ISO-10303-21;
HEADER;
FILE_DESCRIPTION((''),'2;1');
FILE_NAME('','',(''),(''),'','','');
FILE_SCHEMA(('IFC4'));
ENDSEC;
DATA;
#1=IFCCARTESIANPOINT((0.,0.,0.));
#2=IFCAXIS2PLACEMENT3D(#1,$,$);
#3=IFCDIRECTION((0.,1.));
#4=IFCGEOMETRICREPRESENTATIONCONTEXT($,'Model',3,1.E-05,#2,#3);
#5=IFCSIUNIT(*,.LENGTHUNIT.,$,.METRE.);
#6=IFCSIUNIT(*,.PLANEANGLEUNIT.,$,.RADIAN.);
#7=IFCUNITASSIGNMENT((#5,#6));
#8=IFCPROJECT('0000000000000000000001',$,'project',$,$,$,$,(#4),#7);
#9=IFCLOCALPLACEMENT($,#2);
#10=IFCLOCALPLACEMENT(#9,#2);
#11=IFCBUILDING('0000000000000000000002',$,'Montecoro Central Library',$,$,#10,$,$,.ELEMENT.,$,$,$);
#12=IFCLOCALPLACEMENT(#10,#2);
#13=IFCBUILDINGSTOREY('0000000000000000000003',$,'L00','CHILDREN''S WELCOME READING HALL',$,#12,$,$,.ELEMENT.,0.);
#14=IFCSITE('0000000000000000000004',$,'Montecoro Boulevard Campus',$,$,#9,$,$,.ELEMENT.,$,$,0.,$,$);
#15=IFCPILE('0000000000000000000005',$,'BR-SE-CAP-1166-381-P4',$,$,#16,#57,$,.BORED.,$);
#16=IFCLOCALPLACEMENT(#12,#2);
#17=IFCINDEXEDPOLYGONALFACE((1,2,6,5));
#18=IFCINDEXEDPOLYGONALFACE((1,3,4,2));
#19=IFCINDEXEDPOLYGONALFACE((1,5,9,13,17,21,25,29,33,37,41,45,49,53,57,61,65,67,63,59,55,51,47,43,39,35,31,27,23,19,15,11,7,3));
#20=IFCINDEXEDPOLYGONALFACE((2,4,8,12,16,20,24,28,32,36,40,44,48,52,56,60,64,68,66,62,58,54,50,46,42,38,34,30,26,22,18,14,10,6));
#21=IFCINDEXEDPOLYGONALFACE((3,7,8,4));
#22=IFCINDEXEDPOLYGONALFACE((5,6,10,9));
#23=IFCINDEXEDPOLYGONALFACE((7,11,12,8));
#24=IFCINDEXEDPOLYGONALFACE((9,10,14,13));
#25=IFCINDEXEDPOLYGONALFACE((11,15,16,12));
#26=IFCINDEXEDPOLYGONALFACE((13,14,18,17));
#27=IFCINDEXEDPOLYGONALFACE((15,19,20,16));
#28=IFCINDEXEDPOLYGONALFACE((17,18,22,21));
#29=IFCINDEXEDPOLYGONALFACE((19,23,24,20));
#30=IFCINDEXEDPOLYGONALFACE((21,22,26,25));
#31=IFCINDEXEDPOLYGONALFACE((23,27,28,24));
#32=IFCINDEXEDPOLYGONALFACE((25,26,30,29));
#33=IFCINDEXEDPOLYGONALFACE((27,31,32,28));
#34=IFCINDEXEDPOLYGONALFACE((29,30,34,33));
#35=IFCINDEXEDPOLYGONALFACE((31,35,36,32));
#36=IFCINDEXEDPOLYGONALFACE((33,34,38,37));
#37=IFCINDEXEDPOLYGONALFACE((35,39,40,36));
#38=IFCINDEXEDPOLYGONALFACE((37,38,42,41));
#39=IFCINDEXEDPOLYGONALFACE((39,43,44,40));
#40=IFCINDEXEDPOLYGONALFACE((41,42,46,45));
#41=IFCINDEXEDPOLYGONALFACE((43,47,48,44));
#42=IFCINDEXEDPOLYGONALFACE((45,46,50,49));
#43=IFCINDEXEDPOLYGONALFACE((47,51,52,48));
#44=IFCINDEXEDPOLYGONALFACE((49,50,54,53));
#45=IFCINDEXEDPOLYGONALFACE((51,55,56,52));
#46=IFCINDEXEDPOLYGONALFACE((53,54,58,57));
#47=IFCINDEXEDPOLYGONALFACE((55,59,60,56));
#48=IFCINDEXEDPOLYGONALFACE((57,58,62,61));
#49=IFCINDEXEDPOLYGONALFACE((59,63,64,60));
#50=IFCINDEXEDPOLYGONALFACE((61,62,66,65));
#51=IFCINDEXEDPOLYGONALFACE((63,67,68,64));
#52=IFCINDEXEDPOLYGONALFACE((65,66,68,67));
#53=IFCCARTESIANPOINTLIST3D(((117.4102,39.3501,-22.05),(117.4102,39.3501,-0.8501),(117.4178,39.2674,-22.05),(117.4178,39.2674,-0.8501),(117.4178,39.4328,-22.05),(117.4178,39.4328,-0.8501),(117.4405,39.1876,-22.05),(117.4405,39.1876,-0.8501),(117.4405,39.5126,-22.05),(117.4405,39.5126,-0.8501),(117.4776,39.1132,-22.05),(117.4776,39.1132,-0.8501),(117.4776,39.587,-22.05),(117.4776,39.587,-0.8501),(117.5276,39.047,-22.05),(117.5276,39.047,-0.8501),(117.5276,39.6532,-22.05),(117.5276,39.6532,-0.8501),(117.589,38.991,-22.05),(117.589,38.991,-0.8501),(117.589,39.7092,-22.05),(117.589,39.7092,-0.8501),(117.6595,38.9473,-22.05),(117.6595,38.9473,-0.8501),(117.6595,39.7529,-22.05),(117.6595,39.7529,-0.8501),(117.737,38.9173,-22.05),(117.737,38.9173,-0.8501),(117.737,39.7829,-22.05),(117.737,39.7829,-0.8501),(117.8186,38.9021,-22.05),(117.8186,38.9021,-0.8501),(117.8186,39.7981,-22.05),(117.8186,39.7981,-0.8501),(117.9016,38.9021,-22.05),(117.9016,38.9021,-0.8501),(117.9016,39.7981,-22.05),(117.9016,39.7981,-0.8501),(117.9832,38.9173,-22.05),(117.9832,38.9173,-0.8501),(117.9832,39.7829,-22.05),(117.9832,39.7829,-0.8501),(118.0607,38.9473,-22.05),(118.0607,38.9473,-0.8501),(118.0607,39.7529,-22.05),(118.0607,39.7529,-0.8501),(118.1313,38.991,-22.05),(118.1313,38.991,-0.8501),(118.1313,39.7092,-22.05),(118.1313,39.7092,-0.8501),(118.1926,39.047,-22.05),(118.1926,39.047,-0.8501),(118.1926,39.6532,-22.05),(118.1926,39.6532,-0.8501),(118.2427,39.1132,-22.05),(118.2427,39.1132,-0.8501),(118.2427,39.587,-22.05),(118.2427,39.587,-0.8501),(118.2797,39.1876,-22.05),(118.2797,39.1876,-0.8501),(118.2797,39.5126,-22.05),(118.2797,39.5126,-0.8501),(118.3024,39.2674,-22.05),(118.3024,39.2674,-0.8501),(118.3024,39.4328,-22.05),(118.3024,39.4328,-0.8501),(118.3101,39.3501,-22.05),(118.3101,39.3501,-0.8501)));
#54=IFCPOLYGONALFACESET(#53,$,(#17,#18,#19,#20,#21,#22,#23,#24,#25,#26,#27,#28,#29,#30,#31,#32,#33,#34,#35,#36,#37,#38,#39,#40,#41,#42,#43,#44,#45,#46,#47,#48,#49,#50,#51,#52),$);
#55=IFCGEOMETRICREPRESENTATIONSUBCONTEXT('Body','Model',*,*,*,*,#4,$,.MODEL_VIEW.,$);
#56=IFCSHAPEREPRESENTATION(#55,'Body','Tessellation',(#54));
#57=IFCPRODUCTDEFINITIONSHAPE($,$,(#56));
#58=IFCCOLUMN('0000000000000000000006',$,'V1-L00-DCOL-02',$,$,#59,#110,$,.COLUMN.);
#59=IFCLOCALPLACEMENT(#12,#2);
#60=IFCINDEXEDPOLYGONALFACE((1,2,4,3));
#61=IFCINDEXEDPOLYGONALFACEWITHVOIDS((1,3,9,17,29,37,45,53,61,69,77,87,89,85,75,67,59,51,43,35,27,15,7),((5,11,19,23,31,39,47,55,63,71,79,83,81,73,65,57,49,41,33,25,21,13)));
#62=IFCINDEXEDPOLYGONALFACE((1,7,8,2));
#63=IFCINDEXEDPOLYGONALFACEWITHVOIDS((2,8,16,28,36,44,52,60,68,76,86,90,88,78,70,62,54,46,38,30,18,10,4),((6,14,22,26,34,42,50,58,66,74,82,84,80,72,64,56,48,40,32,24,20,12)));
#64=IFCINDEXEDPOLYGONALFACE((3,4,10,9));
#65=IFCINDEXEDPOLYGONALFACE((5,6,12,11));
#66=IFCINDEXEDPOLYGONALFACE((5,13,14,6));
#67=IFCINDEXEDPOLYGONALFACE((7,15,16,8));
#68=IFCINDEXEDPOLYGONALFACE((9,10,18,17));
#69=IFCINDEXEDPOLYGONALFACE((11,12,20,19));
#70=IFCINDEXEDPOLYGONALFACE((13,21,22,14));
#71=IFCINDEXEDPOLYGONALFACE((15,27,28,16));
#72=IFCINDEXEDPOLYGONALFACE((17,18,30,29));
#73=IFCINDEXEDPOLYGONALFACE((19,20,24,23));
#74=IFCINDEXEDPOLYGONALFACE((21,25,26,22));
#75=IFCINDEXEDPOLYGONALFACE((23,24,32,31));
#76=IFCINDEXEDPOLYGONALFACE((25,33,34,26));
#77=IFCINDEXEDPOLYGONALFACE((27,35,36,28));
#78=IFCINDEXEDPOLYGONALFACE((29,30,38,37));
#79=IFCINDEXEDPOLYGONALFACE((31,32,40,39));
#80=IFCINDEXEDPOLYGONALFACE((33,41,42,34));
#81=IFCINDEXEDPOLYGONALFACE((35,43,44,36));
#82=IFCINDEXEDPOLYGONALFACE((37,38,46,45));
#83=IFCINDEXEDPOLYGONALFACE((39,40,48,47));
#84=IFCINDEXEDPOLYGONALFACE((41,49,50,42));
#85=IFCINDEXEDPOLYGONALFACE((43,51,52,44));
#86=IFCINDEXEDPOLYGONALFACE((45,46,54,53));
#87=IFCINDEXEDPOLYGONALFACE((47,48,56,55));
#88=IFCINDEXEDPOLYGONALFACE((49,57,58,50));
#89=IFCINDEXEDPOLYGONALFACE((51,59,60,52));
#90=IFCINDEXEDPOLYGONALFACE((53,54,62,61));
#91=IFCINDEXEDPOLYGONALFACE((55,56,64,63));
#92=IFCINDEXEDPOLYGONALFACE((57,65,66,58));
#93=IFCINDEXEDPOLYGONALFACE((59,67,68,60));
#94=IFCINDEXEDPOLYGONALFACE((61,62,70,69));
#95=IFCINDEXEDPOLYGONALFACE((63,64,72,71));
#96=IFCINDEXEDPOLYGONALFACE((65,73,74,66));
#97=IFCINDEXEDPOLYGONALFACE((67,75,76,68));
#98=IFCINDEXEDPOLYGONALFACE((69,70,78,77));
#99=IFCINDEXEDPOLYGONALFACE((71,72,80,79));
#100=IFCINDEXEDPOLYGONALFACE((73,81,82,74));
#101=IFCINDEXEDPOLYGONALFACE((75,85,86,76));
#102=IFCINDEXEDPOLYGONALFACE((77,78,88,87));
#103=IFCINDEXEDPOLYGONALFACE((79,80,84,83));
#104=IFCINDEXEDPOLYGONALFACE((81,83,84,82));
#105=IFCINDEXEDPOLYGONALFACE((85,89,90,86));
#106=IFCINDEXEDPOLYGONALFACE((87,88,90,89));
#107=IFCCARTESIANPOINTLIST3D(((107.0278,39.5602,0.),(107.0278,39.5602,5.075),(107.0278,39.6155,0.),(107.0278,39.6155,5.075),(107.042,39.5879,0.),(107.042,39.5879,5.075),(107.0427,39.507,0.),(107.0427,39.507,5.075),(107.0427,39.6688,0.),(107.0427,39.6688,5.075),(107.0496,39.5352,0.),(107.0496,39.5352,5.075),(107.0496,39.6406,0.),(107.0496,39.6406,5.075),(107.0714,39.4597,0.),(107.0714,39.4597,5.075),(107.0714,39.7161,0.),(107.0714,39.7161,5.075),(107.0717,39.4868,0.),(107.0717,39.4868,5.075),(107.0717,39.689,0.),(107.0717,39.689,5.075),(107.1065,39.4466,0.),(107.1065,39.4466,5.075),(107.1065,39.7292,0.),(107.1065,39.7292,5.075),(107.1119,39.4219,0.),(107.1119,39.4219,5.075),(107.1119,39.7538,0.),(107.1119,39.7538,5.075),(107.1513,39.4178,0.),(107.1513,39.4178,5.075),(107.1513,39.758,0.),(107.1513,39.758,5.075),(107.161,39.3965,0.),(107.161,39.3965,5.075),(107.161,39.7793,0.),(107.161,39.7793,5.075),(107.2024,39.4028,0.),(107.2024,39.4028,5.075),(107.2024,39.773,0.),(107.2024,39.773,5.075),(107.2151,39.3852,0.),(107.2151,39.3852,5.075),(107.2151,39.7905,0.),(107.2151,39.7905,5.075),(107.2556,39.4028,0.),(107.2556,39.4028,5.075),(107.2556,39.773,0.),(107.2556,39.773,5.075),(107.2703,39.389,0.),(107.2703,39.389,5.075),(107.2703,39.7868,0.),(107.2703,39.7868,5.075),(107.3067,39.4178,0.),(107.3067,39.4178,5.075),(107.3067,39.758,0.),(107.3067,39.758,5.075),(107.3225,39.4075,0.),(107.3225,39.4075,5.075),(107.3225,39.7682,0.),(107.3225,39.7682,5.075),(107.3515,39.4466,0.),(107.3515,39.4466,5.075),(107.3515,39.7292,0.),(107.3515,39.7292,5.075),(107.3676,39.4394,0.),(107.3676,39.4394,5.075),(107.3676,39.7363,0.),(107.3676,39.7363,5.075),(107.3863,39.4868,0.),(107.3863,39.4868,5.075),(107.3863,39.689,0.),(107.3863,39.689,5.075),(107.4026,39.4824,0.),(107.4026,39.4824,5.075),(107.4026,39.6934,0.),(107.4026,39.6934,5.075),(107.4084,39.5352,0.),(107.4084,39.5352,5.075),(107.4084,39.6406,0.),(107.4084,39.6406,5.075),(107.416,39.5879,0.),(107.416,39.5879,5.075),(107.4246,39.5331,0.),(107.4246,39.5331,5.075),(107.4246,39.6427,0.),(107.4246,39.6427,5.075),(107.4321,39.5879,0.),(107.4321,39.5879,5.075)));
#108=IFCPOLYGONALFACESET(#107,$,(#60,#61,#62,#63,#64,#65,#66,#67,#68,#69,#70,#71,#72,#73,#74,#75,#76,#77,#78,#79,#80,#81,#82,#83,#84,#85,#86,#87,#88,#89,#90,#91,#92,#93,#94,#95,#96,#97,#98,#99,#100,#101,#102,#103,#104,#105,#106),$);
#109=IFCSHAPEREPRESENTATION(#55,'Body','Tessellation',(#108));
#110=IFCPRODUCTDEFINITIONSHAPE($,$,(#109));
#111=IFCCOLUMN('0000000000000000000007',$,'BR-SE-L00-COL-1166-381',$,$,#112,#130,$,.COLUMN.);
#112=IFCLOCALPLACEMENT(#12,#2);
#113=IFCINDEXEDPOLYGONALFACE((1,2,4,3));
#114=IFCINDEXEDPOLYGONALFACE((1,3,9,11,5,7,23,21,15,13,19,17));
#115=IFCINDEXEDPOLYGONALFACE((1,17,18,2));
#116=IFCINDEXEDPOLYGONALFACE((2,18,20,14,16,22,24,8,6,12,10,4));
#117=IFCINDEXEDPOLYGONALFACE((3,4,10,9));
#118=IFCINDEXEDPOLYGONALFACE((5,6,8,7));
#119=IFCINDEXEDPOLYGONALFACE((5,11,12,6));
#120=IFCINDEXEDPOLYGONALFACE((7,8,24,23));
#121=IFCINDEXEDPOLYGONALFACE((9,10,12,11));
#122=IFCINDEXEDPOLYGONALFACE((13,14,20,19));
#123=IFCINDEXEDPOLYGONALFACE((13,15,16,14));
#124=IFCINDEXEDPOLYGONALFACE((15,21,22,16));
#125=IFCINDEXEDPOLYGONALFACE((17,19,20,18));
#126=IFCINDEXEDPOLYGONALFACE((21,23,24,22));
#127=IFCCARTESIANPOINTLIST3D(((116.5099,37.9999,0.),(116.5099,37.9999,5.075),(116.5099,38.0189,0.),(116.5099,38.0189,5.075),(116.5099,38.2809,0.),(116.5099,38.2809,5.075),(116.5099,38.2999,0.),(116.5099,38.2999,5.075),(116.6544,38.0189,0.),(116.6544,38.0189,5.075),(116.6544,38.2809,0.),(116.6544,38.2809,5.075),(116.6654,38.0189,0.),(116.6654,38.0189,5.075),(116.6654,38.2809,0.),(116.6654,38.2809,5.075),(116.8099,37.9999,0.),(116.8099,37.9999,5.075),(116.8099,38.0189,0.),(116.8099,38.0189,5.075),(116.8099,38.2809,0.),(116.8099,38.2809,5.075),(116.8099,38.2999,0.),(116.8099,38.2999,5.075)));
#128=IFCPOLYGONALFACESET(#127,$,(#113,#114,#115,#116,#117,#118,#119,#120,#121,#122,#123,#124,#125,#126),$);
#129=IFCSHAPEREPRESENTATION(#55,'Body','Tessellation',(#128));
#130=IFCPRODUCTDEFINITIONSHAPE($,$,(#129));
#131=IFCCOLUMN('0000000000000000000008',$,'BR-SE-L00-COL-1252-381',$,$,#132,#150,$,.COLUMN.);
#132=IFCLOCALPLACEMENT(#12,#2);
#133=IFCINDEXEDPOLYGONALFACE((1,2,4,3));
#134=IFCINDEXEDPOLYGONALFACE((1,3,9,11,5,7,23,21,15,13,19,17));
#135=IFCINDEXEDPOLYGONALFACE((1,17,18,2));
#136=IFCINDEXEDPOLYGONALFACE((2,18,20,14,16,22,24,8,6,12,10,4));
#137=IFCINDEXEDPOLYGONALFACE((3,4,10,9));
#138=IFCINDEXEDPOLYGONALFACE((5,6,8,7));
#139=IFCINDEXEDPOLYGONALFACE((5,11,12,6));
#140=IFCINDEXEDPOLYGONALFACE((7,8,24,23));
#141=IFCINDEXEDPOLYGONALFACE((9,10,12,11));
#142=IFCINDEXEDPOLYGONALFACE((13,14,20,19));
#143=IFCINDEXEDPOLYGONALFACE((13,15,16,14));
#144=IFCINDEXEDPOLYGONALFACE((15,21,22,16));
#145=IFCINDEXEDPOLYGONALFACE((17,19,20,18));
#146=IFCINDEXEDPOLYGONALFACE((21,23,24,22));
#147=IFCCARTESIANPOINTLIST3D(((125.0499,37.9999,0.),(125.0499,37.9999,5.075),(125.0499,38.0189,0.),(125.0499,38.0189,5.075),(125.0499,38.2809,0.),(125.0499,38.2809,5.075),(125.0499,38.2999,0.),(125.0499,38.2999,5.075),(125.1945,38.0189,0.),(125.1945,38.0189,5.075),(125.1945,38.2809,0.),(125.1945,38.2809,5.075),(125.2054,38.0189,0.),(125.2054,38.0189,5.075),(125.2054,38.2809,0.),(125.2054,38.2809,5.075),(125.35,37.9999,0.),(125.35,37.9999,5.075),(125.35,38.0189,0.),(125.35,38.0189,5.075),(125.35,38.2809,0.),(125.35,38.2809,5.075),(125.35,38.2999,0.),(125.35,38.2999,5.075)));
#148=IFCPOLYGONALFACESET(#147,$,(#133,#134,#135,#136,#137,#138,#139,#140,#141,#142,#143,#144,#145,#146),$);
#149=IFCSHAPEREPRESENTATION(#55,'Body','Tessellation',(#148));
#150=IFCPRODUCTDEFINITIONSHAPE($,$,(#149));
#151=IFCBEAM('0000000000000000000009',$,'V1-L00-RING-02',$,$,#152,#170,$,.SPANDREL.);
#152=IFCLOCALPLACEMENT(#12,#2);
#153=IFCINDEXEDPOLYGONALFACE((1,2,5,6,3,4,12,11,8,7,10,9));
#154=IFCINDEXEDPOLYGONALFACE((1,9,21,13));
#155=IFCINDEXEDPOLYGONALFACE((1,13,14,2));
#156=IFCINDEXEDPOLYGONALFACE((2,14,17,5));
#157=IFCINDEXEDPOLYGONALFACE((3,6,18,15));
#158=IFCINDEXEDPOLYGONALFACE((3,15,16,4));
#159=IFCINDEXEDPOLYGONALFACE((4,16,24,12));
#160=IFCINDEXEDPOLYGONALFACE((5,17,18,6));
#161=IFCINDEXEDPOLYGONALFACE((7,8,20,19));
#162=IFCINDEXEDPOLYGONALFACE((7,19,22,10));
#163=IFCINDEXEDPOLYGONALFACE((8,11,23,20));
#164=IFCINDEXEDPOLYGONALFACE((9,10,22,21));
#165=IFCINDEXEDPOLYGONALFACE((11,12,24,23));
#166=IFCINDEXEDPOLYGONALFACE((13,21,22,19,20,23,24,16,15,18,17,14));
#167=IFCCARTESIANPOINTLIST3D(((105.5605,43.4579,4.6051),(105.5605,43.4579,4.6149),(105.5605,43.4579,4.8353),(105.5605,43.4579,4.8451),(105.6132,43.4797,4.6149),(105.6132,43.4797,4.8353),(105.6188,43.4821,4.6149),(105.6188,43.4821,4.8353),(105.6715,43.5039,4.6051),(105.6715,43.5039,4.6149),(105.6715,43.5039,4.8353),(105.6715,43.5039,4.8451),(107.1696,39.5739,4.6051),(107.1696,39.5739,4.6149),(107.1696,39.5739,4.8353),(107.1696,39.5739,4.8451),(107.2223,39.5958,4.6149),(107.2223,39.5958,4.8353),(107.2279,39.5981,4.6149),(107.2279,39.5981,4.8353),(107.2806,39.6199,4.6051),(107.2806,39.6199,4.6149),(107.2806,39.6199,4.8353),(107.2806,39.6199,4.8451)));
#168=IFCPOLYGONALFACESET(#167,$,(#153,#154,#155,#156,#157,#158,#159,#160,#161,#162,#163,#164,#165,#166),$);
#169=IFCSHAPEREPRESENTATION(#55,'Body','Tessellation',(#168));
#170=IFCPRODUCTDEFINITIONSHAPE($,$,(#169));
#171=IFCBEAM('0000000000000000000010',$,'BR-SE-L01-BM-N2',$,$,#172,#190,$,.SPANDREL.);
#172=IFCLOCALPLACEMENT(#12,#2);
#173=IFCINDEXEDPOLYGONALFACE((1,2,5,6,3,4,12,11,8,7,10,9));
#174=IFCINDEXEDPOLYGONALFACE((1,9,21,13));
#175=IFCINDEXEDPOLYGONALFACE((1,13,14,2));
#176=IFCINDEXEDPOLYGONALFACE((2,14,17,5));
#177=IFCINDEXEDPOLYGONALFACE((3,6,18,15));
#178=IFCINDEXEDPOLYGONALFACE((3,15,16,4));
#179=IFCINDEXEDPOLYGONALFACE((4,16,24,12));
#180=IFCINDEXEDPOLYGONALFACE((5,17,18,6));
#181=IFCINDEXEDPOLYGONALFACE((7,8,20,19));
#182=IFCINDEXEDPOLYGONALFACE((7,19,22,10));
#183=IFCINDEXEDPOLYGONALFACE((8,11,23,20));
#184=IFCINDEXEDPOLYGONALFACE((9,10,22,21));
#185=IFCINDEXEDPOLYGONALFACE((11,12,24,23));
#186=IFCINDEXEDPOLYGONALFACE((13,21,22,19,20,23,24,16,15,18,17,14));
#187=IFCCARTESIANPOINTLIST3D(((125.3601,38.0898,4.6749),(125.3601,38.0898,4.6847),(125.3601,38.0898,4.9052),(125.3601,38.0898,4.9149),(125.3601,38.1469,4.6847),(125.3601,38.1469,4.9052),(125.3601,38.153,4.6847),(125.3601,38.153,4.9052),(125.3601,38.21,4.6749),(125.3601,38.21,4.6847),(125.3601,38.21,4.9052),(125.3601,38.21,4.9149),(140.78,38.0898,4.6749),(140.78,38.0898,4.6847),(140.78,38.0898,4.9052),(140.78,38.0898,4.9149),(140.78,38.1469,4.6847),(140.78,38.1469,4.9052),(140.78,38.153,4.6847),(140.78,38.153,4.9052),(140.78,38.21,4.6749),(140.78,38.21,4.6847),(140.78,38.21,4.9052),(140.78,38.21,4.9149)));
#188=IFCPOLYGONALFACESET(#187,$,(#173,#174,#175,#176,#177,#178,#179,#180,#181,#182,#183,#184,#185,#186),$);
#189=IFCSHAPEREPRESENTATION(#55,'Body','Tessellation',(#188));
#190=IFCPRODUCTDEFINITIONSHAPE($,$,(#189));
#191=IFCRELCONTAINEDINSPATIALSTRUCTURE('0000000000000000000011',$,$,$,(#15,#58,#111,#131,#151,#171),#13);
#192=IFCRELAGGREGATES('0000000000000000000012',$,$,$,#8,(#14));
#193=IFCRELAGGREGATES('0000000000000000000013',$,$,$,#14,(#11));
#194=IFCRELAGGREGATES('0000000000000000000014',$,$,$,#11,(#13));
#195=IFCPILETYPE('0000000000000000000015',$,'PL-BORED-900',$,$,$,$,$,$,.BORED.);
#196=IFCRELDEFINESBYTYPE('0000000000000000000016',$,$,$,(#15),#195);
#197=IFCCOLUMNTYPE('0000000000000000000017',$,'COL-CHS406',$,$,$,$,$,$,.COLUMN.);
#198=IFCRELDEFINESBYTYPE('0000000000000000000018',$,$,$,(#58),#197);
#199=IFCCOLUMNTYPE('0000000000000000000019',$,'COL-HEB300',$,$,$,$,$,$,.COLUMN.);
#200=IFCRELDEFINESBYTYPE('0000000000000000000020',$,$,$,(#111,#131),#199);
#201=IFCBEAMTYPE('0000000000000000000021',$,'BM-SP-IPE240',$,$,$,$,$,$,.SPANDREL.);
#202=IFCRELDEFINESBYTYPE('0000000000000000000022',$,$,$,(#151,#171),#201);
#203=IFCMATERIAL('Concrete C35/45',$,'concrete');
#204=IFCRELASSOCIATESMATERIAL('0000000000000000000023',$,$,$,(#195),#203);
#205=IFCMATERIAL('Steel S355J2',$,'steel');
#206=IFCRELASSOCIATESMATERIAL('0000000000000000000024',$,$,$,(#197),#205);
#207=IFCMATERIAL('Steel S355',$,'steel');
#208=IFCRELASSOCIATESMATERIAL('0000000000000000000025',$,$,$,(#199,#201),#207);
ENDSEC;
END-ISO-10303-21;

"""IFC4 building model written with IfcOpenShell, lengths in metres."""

from ifc_helpers import new_model, si_unit, direction, frame, origin, origin_2d, place, context, subcontext, project, spatial, circle, hollow_circle, i_section, extrude, material, material_profile, profile_set, type_object, element, save


model = new_model("IFC4")

# Units and contexts
model_context = context("Model", 3, precision=1e-05, world=origin(), true_north=direction((0.0, 1.0)))
body_context = subcontext(model_context, "Body", "Model", "MODEL_VIEW")
ifc_project = project(units=[si_unit("LENGTHUNIT", "METRE"), si_unit("PLANEANGLEUNIT", "RADIAN")], contexts=[model_context])

# Site, building, storey
site_placement = place(None, origin())
site = spatial("IfcSite", under=ifc_project, at=site_placement, Name="Montecoro Boulevard Campus", CompositionType="ELEMENT", RefElevation=0.0)
building_placement = place(site_placement, origin())
building = spatial("IfcBuilding", under=site, at=building_placement, Name="Montecoro Central Library", CompositionType="ELEMENT")
storey_placement = place(building_placement, origin())
storey = spatial("IfcBuildingStorey", under=building, at=storey_placement, Name="L00", Description="CHILDREN'S WELCOME READING HALL", CompositionType="ELEMENT", Elevation=0.0)

# Shared definitions
ifc_material_1 = material(Name="Concrete C35/45", Category="concrete")

# Pile
ifc_material_profile_1 = material_profile(ifc_material_1, circle(Radius=0.45, at=origin_2d()), Name="PILE D900")
ifc_profile_set_1 = profile_set([ifc_material_profile_1], Name="Concrete C35/45")
pile_type_1 = type_object("IfcPileType", Name="PL-BORED-900", PredefinedType="BORED", material=ifc_profile_set_1)
for number, where, z_axis, x_axis, name in (
    (1, (117.8601, 39.3501, -0.8501), (0.0, 0.0, -1.0), (1.0, 0.0, 0.0), "BR-SE-CAP-1166-381-P4"),
):
    element("IfcPile", number, at=place(storey_placement, frame(where, z_axis=z_axis, x_axis=x_axis)), inside=storey, type_object=pile_type_1, Name=name, PredefinedType="BORED", context=body_context, shape_type="SweptSolid", body=[
        extrude(circle(Radius=0.45, at=origin_2d()), origin(), (0.0, 0.0, 1.0), 21.2),
    ])

# Columns
ifc_material_2 = material(Name="Steel S355J2", Category="steel")
ifc_material_profile_2 = material_profile(ifc_material_2, hollow_circle(Radius=0.2031, WallThickness=0.0161, at=origin_2d()), Name="CHS 406.4x16.0")
ifc_profile_set_2 = profile_set([ifc_material_profile_2], Name="Steel S355J2")
column_type_1 = type_object("IfcColumnType", Name="COL-CHS406", PredefinedType="COLUMN", material=ifc_profile_set_2)
column_placement = place(storey_placement, frame((107.229, 39.5879, 0.0), z_axis=(0.0, 0.0, 1.0), x_axis=(1.0, 0.0, 0.0)))
element("IfcColumn", 2, at=column_placement, inside=storey, type_object=column_type_1, Name="V1-L00-DCOL-02", PredefinedType="COLUMN", context=body_context, shape_type="SweptSolid", body=[
    extrude(hollow_circle(Radius=0.2031, WallThickness=0.0161, at=origin_2d()), origin(), (0.0, 0.0, 1.0), 5.075),
])
ifc_material_3 = material(Name="Steel S355", Category="steel")
ifc_material_profile_3 = material_profile(ifc_material_3, i_section(OverallWidth=0.3, OverallDepth=0.3, WebThickness=0.011, FlangeThickness=0.019, at=origin_2d()), Name="HEB 300")
ifc_profile_set_3 = profile_set([ifc_material_profile_3], Name="Steel S355")
column_type_2 = type_object("IfcColumnType", Name="COL-HEB300", PredefinedType="COLUMN", material=ifc_profile_set_3)
for number, where, z_axis, x_axis, name in (
    (3, (116.6599, 38.1499, 0.0), (0.0, 0.0, 1.0), (1.0, 0.0, 0.0), "BR-SE-L00-COL-1166-381"),
    (4, (125.2, 38.1499, 0.0), (0.0, 0.0, 1.0), (1.0, 0.0, 0.0), "BR-SE-L00-COL-1252-381"),
):
    element("IfcColumn", number, at=place(storey_placement, frame(where, z_axis=z_axis, x_axis=x_axis)), inside=storey, type_object=column_type_2, Name=name, PredefinedType="COLUMN", context=body_context, shape_type="SweptSolid", body=[
        extrude(i_section(OverallWidth=0.3, OverallDepth=0.3, WebThickness=0.011, FlangeThickness=0.019, at=origin_2d()), origin(), (0.0, 0.0, 1.0), 5.075),
    ])

# Beams
ifc_material_profile_4 = material_profile(ifc_material_3, i_section(OverallWidth=0.1201, OverallDepth=0.24, WebThickness=0.0061, FlangeThickness=0.0098, at=origin_2d()), Name="IPE 240")
ifc_profile_set_4 = profile_set([ifc_material_profile_4], Name="Steel S355")
beam_type = type_object("IfcBeamType", Name="BM-SP-IPE240", PredefinedType="SPANDREL", material=ifc_profile_set_4)
beam_1_placement = place(storey_placement, frame((107.2251, 39.5969, 4.7251), z_axis=(-0.382747, 0.923853, 0.0), x_axis=(-0.923853, -0.382747, 0.0)))
element("IfcBeam", 5, at=beam_1_placement, inside=storey, type_object=beam_type, Name="V1-L00-RING-02", PredefinedType="SPANDREL", context=body_context, shape_type="SweptSolid", body=[
    extrude(i_section(OverallWidth=0.1201, OverallDepth=0.24, WebThickness=0.0061, FlangeThickness=0.0098, at=origin_2d()), origin(), (0.0, 0.0, 1.0), 4.2041),
])
beam_2_placement = place(storey_placement, frame((125.3601, 38.1499, 4.7949), z_axis=(1.0, 0.0, 0.0), x_axis=(0.0, 1.0, 0.0)))
element("IfcBeam", 6, at=beam_2_placement, inside=storey, type_object=beam_type, Name="BR-SE-L01-BM-N2", PredefinedType="SPANDREL", context=body_context, shape_type="SweptSolid", body=[
    extrude(i_section(OverallWidth=0.1201, OverallDepth=0.24, WebThickness=0.0061, FlangeThickness=0.0098, at=origin_2d()), origin(), (0.0, 0.0, 1.0), 15.4199),
])

save(model, "model.ifc")
